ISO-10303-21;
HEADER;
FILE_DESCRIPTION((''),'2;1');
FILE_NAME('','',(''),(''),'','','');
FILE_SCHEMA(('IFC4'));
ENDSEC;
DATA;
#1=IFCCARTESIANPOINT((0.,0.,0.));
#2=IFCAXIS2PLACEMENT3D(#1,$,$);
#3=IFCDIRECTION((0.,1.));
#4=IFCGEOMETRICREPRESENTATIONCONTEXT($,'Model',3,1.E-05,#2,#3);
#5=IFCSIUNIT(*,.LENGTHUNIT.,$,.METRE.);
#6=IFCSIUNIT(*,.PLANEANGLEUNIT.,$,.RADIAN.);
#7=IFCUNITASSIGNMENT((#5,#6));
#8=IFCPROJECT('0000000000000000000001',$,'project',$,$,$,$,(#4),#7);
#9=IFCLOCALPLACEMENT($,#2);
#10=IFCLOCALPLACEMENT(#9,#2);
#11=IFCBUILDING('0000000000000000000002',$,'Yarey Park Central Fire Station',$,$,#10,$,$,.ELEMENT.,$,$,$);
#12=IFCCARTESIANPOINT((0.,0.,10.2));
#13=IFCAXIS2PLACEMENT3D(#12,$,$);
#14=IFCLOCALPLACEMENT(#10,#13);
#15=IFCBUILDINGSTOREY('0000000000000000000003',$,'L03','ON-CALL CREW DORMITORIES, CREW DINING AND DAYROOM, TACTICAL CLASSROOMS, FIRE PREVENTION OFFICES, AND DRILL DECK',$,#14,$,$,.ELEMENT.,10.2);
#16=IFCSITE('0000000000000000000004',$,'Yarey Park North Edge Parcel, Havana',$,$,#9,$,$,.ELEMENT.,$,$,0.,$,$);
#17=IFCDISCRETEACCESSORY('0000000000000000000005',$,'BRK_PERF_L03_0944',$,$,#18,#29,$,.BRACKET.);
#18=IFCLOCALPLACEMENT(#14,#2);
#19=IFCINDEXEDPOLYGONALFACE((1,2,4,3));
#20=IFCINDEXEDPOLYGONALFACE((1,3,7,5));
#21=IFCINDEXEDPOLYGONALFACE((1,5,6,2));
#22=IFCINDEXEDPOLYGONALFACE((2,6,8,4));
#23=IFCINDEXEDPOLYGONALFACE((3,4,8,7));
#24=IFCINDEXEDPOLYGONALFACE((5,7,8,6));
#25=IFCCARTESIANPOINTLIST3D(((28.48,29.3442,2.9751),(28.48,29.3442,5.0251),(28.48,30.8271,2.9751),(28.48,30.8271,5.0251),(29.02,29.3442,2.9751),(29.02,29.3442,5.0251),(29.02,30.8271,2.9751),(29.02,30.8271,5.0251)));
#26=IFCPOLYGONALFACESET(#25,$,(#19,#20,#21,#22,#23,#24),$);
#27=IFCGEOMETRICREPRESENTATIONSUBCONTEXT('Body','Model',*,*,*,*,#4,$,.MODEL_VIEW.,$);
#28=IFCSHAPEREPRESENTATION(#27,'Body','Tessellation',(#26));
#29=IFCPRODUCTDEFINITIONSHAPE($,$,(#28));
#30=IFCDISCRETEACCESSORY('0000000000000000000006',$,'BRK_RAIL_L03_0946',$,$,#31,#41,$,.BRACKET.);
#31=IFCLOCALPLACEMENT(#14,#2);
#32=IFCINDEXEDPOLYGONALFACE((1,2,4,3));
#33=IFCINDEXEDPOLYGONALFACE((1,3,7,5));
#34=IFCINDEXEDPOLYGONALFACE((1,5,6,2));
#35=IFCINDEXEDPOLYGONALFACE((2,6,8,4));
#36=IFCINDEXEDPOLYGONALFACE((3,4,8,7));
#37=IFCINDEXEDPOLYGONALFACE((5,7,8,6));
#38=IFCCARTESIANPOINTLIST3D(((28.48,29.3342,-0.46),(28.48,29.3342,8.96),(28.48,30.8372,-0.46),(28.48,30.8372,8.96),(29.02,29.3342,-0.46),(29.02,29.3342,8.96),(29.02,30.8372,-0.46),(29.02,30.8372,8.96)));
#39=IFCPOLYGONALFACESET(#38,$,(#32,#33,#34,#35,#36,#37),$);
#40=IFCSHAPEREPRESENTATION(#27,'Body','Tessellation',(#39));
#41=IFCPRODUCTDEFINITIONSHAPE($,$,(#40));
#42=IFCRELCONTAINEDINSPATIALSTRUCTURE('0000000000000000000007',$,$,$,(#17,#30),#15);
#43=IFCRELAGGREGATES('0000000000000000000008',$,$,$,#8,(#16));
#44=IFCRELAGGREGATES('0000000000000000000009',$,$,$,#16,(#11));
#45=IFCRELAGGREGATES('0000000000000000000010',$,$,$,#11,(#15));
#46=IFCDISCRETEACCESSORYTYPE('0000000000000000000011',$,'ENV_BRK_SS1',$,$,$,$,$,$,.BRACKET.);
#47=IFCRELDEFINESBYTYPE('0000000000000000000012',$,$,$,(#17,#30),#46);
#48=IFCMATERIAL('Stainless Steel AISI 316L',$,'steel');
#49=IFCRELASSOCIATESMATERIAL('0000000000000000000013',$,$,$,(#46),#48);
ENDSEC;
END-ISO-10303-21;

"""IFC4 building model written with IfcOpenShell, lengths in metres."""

from ifc_helpers import new_model, si_unit, direction, frame, origin, origin_2d, place, context, subcontext, project, spatial, rectangle, extrude, material, type_object, element, save


model = new_model("IFC4")

# Units and contexts
model_context = context("Model", 3, precision=1e-05, world=origin(), true_north=direction((0.0, 1.0)))
body_context = subcontext(model_context, "Body", "Model", "MODEL_VIEW")
ifc_project = project(units=[si_unit("LENGTHUNIT", "METRE"), si_unit("PLANEANGLEUNIT", "RADIAN")], contexts=[model_context])

# Site, building, storey
site_placement = place(None, origin())
site = spatial("IfcSite", under=ifc_project, at=site_placement, Name="Yarey Park North Edge Parcel, Havana", CompositionType="ELEMENT", RefElevation=0.0)
building_placement = place(site_placement, origin())
building = spatial("IfcBuilding", under=site, at=building_placement, Name="Yarey Park Central Fire Station", CompositionType="ELEMENT")
storey_placement = place(building_placement, frame((0.0, 0.0, 10.2)))
storey = spatial("IfcBuildingStorey", under=building, at=storey_placement, Name="L03", Description="ON-CALL CREW DORMITORIES, CREW DINING AND DAYROOM, TACTICAL CLASSROOMS, FIRE PREVENTION OFFICES, AND DRILL DECK", CompositionType="ELEMENT", Elevation=10.2)

# Discrete accessories
ifc_material_1 = material(Name="Stainless Steel AISI 316L", Category="steel")
discrete_accessory_type = type_object("IfcDiscreteAccessoryType", Name="ENV_BRK_SS1", PredefinedType="BRACKET", material=ifc_material_1)
discrete_accessory_1_placement = place(storey_placement, frame((28.75, 30.0857, 2.9751), z_axis=(0.0, 0.0, 1.0), x_axis=(1.0, 0.0, 0.0)))
element("IfcDiscreteAccessory", 1, at=discrete_accessory_1_placement, inside=storey, type_object=discrete_accessory_type, Name="BRK_PERF_L03_0944", PredefinedType="BRACKET", context=body_context, shape_type="SweptSolid", body=[
    extrude(rectangle(XDim=0.54, YDim=1.4829, at=origin_2d()), origin(), (0.0, 0.0, 1.0), 2.05),
])
discrete_accessory_2_placement = place(storey_placement, frame((28.75, 30.0857, -0.46), z_axis=(0.0, 0.0, 1.0), x_axis=(1.0, 0.0, 0.0)))
element("IfcDiscreteAccessory", 2, at=discrete_accessory_2_placement, inside=storey, type_object=discrete_accessory_type, Name="BRK_RAIL_L03_0946", PredefinedType="BRACKET", context=body_context, shape_type="SweptSolid", body=[
    extrude(rectangle(XDim=0.54, YDim=1.5029, at=origin_2d()), origin(), (0.0, 0.0, 1.0), 9.4199),
])

save(model, "model.ifc")
